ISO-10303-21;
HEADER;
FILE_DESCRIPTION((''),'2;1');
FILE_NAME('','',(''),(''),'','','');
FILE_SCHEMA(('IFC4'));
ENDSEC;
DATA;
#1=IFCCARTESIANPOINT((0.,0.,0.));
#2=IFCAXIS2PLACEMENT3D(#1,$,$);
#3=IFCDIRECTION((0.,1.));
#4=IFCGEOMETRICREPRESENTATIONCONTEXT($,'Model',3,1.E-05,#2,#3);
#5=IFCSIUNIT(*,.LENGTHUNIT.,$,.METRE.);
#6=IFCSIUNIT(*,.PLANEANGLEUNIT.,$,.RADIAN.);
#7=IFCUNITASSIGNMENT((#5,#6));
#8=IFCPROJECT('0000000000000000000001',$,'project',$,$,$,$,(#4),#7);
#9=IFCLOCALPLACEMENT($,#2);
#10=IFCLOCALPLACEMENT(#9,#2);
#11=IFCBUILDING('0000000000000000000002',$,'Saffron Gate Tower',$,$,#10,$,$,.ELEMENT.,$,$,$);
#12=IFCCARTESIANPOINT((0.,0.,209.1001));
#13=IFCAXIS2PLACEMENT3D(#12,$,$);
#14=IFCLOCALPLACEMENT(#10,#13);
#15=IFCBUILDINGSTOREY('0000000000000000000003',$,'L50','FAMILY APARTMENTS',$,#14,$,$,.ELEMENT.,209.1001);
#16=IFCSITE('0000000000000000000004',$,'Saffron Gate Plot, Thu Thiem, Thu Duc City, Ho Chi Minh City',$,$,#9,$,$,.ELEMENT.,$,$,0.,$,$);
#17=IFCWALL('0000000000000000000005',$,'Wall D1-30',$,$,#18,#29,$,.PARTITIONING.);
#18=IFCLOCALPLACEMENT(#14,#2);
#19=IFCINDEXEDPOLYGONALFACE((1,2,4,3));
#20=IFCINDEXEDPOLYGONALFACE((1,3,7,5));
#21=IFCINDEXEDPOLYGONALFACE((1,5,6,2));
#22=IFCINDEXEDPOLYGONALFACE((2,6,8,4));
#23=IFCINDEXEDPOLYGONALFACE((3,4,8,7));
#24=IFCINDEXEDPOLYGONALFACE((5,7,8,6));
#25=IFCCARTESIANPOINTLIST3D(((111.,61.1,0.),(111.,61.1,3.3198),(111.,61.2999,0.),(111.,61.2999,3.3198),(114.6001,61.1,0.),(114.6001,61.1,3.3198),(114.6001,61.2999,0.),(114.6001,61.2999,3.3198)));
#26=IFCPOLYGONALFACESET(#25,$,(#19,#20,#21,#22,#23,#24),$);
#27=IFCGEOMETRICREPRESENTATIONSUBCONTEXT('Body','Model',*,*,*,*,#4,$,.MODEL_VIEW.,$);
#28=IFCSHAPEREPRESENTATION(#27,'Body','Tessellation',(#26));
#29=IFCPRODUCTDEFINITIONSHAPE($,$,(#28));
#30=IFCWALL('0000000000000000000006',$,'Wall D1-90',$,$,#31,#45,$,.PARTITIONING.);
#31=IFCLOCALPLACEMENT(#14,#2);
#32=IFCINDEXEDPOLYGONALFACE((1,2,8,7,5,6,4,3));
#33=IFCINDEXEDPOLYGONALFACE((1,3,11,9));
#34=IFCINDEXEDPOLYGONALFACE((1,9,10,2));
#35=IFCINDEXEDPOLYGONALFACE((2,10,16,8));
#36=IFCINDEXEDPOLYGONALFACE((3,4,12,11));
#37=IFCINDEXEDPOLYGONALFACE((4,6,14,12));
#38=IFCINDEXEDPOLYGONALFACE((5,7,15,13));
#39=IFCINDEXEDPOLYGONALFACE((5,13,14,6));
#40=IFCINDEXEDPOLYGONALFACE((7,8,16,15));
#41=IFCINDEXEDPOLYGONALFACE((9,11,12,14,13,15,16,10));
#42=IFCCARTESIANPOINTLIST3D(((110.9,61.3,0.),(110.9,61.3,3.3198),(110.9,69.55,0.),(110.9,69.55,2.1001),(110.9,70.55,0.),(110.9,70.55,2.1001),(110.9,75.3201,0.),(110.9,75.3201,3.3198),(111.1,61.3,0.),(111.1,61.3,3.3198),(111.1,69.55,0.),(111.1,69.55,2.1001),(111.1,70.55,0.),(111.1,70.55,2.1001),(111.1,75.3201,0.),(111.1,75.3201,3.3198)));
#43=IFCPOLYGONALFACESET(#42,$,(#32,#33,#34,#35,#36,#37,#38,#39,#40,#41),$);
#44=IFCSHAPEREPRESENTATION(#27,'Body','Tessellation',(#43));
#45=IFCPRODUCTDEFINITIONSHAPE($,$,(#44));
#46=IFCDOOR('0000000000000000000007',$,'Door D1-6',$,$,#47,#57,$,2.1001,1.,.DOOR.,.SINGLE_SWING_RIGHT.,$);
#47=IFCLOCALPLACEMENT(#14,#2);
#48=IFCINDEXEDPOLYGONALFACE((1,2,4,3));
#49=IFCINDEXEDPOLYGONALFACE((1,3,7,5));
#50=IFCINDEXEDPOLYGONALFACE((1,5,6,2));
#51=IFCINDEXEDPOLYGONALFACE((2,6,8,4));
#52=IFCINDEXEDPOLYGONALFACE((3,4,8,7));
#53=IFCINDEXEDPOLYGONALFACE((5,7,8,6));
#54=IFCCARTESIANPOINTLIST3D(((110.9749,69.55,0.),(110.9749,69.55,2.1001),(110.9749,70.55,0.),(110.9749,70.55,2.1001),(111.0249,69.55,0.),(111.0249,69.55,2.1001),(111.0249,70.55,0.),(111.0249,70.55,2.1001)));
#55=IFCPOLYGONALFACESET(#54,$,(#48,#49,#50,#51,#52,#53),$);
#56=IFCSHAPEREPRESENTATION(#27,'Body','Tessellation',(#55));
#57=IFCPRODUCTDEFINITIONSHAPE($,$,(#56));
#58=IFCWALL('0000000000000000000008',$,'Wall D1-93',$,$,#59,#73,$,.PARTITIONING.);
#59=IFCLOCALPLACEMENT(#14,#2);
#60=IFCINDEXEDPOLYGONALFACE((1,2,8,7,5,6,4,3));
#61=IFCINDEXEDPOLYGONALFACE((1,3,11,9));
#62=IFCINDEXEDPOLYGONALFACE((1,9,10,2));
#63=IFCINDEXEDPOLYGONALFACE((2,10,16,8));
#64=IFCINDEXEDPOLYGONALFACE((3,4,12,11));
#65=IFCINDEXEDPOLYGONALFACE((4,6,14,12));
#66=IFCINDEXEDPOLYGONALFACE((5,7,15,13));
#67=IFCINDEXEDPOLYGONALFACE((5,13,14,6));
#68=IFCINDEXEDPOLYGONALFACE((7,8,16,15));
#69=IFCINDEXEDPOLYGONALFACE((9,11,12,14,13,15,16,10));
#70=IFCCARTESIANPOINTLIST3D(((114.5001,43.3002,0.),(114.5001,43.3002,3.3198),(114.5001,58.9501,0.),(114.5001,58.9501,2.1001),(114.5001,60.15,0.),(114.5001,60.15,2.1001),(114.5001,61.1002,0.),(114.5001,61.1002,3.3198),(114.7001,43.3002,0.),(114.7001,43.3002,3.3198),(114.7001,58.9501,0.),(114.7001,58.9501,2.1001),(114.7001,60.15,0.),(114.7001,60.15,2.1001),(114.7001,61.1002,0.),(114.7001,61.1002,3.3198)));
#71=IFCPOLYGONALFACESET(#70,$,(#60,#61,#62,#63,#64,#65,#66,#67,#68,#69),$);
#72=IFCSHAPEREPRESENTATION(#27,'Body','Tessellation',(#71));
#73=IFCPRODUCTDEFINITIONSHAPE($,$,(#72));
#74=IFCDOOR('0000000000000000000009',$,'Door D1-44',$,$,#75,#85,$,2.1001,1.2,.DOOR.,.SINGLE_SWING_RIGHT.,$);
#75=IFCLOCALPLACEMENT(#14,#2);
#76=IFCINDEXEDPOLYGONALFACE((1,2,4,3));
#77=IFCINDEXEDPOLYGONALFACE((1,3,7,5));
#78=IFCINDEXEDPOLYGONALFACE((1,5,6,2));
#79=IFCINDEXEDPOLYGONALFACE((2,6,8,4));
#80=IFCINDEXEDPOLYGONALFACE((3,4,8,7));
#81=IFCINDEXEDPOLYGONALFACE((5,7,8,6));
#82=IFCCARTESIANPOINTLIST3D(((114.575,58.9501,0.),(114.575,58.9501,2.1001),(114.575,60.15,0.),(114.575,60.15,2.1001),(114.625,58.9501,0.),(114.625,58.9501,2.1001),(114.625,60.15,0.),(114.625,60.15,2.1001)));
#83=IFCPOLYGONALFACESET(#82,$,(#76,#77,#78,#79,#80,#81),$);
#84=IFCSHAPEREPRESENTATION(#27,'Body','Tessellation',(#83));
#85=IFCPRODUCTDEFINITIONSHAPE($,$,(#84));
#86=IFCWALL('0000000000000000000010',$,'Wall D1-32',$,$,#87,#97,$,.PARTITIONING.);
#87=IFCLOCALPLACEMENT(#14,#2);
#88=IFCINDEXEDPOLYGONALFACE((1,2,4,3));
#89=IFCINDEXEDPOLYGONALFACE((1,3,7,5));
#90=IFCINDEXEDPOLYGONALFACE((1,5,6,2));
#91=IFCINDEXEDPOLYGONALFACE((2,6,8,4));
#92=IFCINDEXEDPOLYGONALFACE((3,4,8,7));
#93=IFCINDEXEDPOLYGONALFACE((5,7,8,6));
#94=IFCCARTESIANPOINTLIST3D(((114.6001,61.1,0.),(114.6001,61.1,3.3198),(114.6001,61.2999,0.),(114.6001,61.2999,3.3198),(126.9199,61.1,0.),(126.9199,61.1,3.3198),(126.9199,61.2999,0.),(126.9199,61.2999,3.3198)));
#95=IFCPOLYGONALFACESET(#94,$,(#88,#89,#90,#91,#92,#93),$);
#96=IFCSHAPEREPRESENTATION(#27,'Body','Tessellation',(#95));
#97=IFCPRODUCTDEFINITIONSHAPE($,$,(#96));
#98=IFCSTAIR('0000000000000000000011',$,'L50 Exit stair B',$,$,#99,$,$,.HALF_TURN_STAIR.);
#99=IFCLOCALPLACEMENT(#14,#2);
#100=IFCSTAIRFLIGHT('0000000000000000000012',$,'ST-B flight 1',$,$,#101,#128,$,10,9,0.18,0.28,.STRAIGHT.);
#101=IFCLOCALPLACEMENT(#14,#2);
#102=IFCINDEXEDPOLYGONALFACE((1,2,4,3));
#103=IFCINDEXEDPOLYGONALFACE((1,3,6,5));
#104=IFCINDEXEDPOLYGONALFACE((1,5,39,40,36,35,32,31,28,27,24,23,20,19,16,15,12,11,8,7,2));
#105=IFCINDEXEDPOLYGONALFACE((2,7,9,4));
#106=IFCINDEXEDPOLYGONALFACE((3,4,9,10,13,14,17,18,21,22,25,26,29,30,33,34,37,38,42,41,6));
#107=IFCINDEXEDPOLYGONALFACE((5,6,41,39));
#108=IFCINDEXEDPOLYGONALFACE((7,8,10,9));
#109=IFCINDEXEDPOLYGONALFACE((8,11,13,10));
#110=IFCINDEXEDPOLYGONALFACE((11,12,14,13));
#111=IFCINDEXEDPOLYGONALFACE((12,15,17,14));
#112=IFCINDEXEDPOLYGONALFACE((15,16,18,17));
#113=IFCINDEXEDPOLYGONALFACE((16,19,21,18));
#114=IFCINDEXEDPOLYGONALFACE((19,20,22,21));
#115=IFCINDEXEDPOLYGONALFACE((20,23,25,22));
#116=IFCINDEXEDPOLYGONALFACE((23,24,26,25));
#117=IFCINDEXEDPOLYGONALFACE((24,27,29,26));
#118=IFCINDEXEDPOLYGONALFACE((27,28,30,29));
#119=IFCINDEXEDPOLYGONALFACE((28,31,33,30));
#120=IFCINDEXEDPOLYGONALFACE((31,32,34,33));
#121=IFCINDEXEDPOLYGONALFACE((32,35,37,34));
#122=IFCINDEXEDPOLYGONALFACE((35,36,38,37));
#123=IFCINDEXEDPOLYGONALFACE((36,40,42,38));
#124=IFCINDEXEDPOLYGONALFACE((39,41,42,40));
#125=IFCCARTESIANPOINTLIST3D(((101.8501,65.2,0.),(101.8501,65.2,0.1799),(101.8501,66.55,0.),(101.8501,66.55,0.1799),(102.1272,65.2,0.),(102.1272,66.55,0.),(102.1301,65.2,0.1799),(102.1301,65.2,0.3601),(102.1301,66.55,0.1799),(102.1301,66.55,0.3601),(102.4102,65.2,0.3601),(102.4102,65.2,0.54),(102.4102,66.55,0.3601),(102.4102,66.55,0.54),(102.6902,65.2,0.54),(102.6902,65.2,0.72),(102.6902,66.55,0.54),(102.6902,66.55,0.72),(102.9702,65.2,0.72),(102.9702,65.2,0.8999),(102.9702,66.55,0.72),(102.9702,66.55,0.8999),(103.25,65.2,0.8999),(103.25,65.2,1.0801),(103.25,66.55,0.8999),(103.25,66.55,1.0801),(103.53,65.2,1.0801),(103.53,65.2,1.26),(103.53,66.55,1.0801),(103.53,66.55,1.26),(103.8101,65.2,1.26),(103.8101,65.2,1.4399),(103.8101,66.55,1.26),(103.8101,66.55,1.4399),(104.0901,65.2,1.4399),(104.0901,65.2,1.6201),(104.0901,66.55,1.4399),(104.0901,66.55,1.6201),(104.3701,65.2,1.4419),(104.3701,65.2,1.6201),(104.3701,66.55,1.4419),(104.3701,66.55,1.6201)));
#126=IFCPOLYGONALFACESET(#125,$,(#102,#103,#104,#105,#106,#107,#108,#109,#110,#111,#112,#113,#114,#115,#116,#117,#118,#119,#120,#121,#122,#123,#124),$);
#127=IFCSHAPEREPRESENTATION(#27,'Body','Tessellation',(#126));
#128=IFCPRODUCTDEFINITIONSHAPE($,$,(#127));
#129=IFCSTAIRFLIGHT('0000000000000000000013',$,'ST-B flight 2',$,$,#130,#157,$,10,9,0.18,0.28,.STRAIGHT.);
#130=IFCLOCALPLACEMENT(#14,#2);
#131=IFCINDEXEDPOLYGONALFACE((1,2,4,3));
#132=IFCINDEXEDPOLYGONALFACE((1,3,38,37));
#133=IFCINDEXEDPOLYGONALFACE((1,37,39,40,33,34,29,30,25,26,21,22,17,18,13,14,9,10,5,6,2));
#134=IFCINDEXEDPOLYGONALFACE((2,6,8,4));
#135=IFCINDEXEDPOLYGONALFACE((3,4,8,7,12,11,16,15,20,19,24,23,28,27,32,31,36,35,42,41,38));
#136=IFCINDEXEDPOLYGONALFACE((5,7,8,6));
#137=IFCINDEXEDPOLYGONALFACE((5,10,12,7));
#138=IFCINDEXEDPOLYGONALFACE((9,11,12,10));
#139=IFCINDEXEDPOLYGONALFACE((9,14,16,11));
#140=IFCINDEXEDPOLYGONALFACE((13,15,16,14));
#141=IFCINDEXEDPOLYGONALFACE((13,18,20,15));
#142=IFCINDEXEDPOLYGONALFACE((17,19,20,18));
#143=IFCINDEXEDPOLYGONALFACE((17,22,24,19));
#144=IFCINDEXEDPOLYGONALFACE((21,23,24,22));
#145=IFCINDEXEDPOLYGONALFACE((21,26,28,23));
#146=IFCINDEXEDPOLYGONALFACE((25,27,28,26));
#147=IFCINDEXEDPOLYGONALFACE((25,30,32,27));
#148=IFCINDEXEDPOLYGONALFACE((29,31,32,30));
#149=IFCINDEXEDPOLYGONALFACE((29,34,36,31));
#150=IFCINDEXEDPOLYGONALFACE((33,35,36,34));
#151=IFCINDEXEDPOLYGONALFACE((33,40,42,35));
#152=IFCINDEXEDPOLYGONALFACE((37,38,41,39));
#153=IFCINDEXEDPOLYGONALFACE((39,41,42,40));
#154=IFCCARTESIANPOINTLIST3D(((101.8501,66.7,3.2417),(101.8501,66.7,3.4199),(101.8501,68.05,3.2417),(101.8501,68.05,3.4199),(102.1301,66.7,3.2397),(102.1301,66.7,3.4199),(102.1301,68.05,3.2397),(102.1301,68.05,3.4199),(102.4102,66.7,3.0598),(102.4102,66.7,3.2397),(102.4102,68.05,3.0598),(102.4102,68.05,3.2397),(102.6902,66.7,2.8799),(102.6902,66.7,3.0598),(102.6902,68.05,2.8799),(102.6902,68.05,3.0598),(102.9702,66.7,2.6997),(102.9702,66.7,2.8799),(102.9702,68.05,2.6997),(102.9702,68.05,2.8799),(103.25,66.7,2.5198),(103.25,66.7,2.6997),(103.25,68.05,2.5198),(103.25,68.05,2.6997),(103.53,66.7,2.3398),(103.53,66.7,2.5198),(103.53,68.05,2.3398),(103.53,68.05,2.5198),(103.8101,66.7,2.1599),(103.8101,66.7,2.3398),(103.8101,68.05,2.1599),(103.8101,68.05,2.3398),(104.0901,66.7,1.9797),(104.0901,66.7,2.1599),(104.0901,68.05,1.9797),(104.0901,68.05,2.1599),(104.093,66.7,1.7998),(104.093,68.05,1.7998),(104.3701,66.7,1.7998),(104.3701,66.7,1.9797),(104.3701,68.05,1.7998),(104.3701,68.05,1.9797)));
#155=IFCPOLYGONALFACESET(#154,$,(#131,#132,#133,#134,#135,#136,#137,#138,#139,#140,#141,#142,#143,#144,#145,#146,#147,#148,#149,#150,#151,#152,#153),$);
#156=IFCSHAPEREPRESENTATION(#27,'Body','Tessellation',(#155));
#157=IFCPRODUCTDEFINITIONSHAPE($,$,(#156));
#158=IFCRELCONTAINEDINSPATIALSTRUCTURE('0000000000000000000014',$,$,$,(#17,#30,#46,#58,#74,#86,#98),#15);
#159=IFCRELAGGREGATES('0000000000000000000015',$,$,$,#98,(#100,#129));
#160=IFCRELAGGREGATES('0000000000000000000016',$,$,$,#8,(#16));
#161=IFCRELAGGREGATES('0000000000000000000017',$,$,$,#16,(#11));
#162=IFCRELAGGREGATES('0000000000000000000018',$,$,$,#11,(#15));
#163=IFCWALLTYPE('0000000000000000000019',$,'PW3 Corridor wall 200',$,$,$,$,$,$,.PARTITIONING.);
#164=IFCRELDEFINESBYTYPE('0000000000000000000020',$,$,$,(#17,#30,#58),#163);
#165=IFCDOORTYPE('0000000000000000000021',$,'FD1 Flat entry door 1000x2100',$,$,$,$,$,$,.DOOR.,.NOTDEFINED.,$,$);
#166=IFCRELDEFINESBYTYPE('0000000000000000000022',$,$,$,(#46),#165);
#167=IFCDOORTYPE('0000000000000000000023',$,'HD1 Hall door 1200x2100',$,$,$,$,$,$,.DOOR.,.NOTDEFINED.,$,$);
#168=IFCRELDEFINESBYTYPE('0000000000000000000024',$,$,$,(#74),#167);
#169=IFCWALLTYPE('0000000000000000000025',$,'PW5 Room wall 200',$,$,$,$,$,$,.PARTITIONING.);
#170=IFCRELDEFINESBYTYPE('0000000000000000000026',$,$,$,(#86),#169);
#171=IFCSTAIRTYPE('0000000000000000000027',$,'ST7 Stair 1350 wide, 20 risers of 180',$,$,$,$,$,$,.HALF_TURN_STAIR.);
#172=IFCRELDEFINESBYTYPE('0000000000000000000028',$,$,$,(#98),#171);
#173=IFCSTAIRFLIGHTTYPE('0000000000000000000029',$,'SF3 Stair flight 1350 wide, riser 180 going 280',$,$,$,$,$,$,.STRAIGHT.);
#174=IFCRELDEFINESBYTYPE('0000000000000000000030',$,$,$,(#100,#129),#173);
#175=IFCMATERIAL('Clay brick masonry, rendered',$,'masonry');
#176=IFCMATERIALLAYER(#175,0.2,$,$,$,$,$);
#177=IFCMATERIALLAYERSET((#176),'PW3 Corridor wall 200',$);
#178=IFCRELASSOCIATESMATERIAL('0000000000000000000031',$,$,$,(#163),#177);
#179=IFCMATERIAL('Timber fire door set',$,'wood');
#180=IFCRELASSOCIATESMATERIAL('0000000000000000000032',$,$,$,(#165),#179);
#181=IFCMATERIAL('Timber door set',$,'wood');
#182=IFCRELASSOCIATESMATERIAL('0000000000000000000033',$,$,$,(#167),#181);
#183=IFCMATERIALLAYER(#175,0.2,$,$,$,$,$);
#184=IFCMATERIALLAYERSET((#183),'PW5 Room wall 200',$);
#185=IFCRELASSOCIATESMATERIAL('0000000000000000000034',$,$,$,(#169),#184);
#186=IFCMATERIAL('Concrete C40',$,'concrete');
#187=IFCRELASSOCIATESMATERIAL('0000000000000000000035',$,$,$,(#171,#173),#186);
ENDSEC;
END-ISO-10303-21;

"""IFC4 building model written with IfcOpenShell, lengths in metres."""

from ifc_helpers import new_model, si_unit, direction, frame, frame_2d, origin, place, context, subcontext, project, spatial, polyline, rectangle, outline, extrude, material, layer, layer_set, type_object, element, fill, aggregate, save


model = new_model("IFC4")

# Units and contexts
model_context = context("Model", 3, precision=1e-05, world=origin(), true_north=direction((0.0, 1.0)))
body_context = subcontext(model_context, "Body", "Model", "MODEL_VIEW")
ifc_project = project(units=[si_unit("LENGTHUNIT", "METRE"), si_unit("PLANEANGLEUNIT", "RADIAN")], contexts=[model_context])

# Site, building, storey
site_placement = place(None, origin())
site = spatial("IfcSite", under=ifc_project, at=site_placement, Name="Saffron Gate Plot, Thu Thiem, Thu Duc City, Ho Chi Minh City", CompositionType="ELEMENT", RefElevation=0.0)
building_placement = place(site_placement, origin())
building = spatial("IfcBuilding", under=site, at=building_placement, Name="Saffron Gate Tower", CompositionType="ELEMENT")
storey_placement = place(building_placement, frame((0.0, 0.0, 209.1001)))
storey = spatial("IfcBuildingStorey", under=building, at=storey_placement, Name="L50", Description="FAMILY APARTMENTS", CompositionType="ELEMENT", Elevation=209.1001)

# Shared definitions
ifc_material_1 = material(Name="Timber door set", Category="wood")

# Wall
ifc_material_2 = material(Name="Clay brick masonry, rendered", Category="masonry")
ifc_layer_1 = layer(ifc_material_2, 0.2)
ifc_layer_set_1 = layer_set([ifc_layer_1], Name="PW3 Corridor wall 200")
wall_type_1 = type_object("IfcWallType", Name="PW3 Corridor wall 200", PredefinedType="PARTITIONING", material=ifc_layer_set_1)
wall_1_placement = place(storey_placement, frame((111.0, 61.2, 0.0), z_axis=(0.0, 0.0, 1.0), x_axis=(1.0, 0.0, 0.0)))
element("IfcWall", 1, at=wall_1_placement, inside=storey, type_object=wall_type_1, Name="Wall D1-30", PredefinedType="PARTITIONING", context=body_context, shape_type="SweptSolid", body=[
    extrude(rectangle(XDim=3.6001, YDim=0.2, at=frame_2d((1.8, 0.0))), origin(), (0.0, 0.0, 1.0), 3.3198),
])

# Walls, openings, doors
wall_2_placement = place(storey_placement, frame((111.0, 75.3201, 0.0), z_axis=(0.0, 0.0, 1.0), x_axis=(0.0, -1.0, 0.0)))
wall_2 = element("IfcWall", 2, at=wall_2_placement, inside=storey, type_object=wall_type_1, Name="Wall D1-90", PredefinedType="PARTITIONING", context=body_context, shape_type="SweptSolid", body=[
    extrude(rectangle(XDim=14.02, YDim=0.2, at=frame_2d((7.01, 0.0))), origin(), (0.0, 0.0, 1.0), 3.3198),
])
opening_1_placement = place(wall_2_placement, frame((4.77, 0.0, 0.0)))
opening_1 = element("IfcOpeningElement", 3, at=opening_1_placement, cuts=wall_2, PredefinedType="OPENING", context=body_context, shape_type="SweptSolid", body=[
    extrude(rectangle(XDim=1.0, YDim=2.1001, at=frame_2d((0.5, 1.05))), frame((0.0, 0.1099, 0.0), z_axis=(0.0, -1.0, 0.0), x_axis=(1.0, 0.0, 0.0)), (0.0, 0.0, 1.0), 0.22),
])
ifc_material_3 = material(Name="Timber fire door set", Category="wood")
door_type_1 = type_object("IfcDoorType", Name="FD1 Flat entry door 1000x2100", OperationType="NOTDEFINED", PredefinedType="DOOR", material=ifc_material_3)
door_1_placement = place(opening_1_placement, origin())
door_1 = element("IfcDoor", 4, at=door_1_placement, inside=storey, type_object=door_type_1, Name="Door D1-6", OperationType="SINGLE_SWING_RIGHT", OverallHeight=2.1001, OverallWidth=1.0, PredefinedType="DOOR", context=body_context, shape_type="SweptSolid", body=[
    extrude(rectangle(XDim=1.0, YDim=2.1001, at=frame_2d((0.5, 1.05))), frame((0.0, 0.0249, 0.0), z_axis=(0.0, -1.0, 0.0), x_axis=(1.0, 0.0, 0.0)), (0.0, 0.0, 1.0), 0.05),
])
fill(opening_1, door_1)
wall_3_placement = place(storey_placement, frame((114.6001, 61.1001, 0.0), z_axis=(0.0, 0.0, 1.0), x_axis=(0.0, -1.0, 0.0)))
wall_3 = element("IfcWall", 5, at=wall_3_placement, inside=storey, type_object=wall_type_1, Name="Wall D1-93", PredefinedType="PARTITIONING", context=body_context, shape_type="SweptSolid", body=[
    extrude(rectangle(XDim=17.8, YDim=0.2, at=frame_2d((8.8999, 0.0))), origin(), (0.0, 0.0, 1.0), 3.3198),
])
opening_2_placement = place(wall_3_placement, frame((0.95, 0.0, 0.0)))
opening_2 = element("IfcOpeningElement", 6, at=opening_2_placement, cuts=wall_3, PredefinedType="OPENING", context=body_context, shape_type="SweptSolid", body=[
    extrude(rectangle(XDim=1.2, YDim=2.1001, at=frame_2d((0.6001, 1.05))), frame((0.0, 0.1099, 0.0), z_axis=(0.0, -1.0, 0.0), x_axis=(1.0, 0.0, 0.0)), (0.0, 0.0, 1.0), 0.22),
])
door_type_2 = type_object("IfcDoorType", Name="HD1 Hall door 1200x2100", OperationType="NOTDEFINED", PredefinedType="DOOR", material=ifc_material_1)
door_2_placement = place(opening_2_placement, origin())
door_2 = element("IfcDoor", 7, at=door_2_placement, inside=storey, type_object=door_type_2, Name="Door D1-44", OperationType="SINGLE_SWING_RIGHT", OverallHeight=2.1001, OverallWidth=1.2, PredefinedType="DOOR", context=body_context, shape_type="SweptSolid", body=[
    extrude(rectangle(XDim=1.2, YDim=2.1001, at=frame_2d((0.6001, 1.05))), frame((0.0, 0.0249, 0.0), z_axis=(0.0, -1.0, 0.0), x_axis=(1.0, 0.0, 0.0)), (0.0, 0.0, 1.0), 0.05),
])
fill(opening_2, door_2)

# Wall
ifc_layer_2 = layer(ifc_material_2, 0.2)
ifc_layer_set_2 = layer_set([ifc_layer_2], Name="PW5 Room wall 200")
wall_type_2 = type_object("IfcWallType", Name="PW5 Room wall 200", PredefinedType="PARTITIONING", material=ifc_layer_set_2)
wall_4_placement = place(storey_placement, frame((114.6001, 61.2, 0.0), z_axis=(0.0, 0.0, 1.0), x_axis=(1.0, 0.0, 0.0)))
element("IfcWall", 8, at=wall_4_placement, inside=storey, type_object=wall_type_2, Name="Wall D1-32", PredefinedType="PARTITIONING", context=body_context, shape_type="SweptSolid", body=[
    extrude(rectangle(XDim=12.3198, YDim=0.2, at=frame_2d((6.1599, 0.0))), origin(), (0.0, 0.0, 1.0), 3.3198),
])

# Stair, stair flights
ifc_material_4 = material(Name="Concrete C40", Category="concrete")
stair_type = type_object("IfcStairType", Name="ST7 Stair 1350 wide, 20 risers of 180", PredefinedType="HALF_TURN_STAIR", material=ifc_material_4)
stair_placement = place(storey_placement, origin())
stair = element("IfcStair", 9, at=stair_placement, inside=storey, type_object=stair_type, Name="L50 Exit stair B", PredefinedType="HALF_TURN_STAIR")
stair_flight_type = type_object("IfcStairFlightType", Name="SF3 Stair flight 1350 wide, riser 180 going 280", PredefinedType="STRAIGHT", material=ifc_material_4)
stair_flight_1_placement = place(storey_placement, frame((101.8501, 65.875, 0.0), z_axis=(0.0, 0.0, 1.0), x_axis=(1.0, 0.0, 0.0)))
stair_flight_1 = element("IfcStairFlight", 10, at=stair_flight_1_placement, type_object=stair_flight_type, Name="ST-B flight 1", NumberOfRisers=10, NumberOfTreads=9, PredefinedType="STRAIGHT", RiserHeight=0.18, TreadLength=0.28, context=body_context, shape_type="SweptSolid", body=[
    extrude(outline(polyline([(0.0, 0.0), (0.0, 0.1799), (0.28, 0.1799), (0.28, 0.3601), (0.5601, 0.3601), (0.5601, 0.54), (0.8401, 0.54), (0.8401, 0.72), (1.1201, 0.72), (1.1201, 0.8999), (1.3999, 0.8999), (1.3999, 1.0801), (1.6799, 1.0801), (1.6799, 1.26), (1.96, 1.26), (1.96, 1.4399), (2.24, 1.4399), (2.24, 1.6201), (2.52, 1.6201), (2.52, 1.8), (2.52, 1.4419), (0.2771, 0.0), (0.0, 0.0)])), frame((0.0, 0.675, 0.0), z_axis=(0.0, -1.0, 0.0), x_axis=(1.0, 0.0, 0.0)), (0.0, 0.0, 1.0), 1.3501),
])
stair_flight_2_placement = place(storey_placement, frame((104.3701, 67.375, 1.7998), z_axis=(0.0, 0.0, 1.0), x_axis=(-1.0, 0.0, 0.0)))
stair_flight_2 = element("IfcStairFlight", 11, at=stair_flight_2_placement, type_object=stair_flight_type, Name="ST-B flight 2", NumberOfRisers=10, NumberOfTreads=9, PredefinedType="STRAIGHT", RiserHeight=0.18, TreadLength=0.28, context=body_context, shape_type="SweptSolid", body=[
    extrude(outline(polyline([(0.0, 0.0), (0.0, 0.1799), (0.28, 0.1799), (0.28, 0.3601), (0.5601, 0.3601), (0.5601, 0.54), (0.8401, 0.54), (0.8401, 0.72), (1.1201, 0.72), (1.1201, 0.8999), (1.3999, 0.8999), (1.3999, 1.0801), (1.6799, 1.0801), (1.6799, 1.26), (1.96, 1.26), (1.96, 1.4399), (2.24, 1.4399), (2.24, 1.6201), (2.52, 1.6201), (2.52, 1.8), (2.52, 1.4419), (0.2771, 0.0), (0.0, 0.0)])), frame((0.0, 0.675, 0.0), z_axis=(0.0, -1.0, 0.0), x_axis=(1.0, 0.0, 0.0)), (0.0, 0.0, 1.0), 1.3501),
])
aggregate(stair, [stair_flight_1, stair_flight_2])

save(model, "model.ifc")
